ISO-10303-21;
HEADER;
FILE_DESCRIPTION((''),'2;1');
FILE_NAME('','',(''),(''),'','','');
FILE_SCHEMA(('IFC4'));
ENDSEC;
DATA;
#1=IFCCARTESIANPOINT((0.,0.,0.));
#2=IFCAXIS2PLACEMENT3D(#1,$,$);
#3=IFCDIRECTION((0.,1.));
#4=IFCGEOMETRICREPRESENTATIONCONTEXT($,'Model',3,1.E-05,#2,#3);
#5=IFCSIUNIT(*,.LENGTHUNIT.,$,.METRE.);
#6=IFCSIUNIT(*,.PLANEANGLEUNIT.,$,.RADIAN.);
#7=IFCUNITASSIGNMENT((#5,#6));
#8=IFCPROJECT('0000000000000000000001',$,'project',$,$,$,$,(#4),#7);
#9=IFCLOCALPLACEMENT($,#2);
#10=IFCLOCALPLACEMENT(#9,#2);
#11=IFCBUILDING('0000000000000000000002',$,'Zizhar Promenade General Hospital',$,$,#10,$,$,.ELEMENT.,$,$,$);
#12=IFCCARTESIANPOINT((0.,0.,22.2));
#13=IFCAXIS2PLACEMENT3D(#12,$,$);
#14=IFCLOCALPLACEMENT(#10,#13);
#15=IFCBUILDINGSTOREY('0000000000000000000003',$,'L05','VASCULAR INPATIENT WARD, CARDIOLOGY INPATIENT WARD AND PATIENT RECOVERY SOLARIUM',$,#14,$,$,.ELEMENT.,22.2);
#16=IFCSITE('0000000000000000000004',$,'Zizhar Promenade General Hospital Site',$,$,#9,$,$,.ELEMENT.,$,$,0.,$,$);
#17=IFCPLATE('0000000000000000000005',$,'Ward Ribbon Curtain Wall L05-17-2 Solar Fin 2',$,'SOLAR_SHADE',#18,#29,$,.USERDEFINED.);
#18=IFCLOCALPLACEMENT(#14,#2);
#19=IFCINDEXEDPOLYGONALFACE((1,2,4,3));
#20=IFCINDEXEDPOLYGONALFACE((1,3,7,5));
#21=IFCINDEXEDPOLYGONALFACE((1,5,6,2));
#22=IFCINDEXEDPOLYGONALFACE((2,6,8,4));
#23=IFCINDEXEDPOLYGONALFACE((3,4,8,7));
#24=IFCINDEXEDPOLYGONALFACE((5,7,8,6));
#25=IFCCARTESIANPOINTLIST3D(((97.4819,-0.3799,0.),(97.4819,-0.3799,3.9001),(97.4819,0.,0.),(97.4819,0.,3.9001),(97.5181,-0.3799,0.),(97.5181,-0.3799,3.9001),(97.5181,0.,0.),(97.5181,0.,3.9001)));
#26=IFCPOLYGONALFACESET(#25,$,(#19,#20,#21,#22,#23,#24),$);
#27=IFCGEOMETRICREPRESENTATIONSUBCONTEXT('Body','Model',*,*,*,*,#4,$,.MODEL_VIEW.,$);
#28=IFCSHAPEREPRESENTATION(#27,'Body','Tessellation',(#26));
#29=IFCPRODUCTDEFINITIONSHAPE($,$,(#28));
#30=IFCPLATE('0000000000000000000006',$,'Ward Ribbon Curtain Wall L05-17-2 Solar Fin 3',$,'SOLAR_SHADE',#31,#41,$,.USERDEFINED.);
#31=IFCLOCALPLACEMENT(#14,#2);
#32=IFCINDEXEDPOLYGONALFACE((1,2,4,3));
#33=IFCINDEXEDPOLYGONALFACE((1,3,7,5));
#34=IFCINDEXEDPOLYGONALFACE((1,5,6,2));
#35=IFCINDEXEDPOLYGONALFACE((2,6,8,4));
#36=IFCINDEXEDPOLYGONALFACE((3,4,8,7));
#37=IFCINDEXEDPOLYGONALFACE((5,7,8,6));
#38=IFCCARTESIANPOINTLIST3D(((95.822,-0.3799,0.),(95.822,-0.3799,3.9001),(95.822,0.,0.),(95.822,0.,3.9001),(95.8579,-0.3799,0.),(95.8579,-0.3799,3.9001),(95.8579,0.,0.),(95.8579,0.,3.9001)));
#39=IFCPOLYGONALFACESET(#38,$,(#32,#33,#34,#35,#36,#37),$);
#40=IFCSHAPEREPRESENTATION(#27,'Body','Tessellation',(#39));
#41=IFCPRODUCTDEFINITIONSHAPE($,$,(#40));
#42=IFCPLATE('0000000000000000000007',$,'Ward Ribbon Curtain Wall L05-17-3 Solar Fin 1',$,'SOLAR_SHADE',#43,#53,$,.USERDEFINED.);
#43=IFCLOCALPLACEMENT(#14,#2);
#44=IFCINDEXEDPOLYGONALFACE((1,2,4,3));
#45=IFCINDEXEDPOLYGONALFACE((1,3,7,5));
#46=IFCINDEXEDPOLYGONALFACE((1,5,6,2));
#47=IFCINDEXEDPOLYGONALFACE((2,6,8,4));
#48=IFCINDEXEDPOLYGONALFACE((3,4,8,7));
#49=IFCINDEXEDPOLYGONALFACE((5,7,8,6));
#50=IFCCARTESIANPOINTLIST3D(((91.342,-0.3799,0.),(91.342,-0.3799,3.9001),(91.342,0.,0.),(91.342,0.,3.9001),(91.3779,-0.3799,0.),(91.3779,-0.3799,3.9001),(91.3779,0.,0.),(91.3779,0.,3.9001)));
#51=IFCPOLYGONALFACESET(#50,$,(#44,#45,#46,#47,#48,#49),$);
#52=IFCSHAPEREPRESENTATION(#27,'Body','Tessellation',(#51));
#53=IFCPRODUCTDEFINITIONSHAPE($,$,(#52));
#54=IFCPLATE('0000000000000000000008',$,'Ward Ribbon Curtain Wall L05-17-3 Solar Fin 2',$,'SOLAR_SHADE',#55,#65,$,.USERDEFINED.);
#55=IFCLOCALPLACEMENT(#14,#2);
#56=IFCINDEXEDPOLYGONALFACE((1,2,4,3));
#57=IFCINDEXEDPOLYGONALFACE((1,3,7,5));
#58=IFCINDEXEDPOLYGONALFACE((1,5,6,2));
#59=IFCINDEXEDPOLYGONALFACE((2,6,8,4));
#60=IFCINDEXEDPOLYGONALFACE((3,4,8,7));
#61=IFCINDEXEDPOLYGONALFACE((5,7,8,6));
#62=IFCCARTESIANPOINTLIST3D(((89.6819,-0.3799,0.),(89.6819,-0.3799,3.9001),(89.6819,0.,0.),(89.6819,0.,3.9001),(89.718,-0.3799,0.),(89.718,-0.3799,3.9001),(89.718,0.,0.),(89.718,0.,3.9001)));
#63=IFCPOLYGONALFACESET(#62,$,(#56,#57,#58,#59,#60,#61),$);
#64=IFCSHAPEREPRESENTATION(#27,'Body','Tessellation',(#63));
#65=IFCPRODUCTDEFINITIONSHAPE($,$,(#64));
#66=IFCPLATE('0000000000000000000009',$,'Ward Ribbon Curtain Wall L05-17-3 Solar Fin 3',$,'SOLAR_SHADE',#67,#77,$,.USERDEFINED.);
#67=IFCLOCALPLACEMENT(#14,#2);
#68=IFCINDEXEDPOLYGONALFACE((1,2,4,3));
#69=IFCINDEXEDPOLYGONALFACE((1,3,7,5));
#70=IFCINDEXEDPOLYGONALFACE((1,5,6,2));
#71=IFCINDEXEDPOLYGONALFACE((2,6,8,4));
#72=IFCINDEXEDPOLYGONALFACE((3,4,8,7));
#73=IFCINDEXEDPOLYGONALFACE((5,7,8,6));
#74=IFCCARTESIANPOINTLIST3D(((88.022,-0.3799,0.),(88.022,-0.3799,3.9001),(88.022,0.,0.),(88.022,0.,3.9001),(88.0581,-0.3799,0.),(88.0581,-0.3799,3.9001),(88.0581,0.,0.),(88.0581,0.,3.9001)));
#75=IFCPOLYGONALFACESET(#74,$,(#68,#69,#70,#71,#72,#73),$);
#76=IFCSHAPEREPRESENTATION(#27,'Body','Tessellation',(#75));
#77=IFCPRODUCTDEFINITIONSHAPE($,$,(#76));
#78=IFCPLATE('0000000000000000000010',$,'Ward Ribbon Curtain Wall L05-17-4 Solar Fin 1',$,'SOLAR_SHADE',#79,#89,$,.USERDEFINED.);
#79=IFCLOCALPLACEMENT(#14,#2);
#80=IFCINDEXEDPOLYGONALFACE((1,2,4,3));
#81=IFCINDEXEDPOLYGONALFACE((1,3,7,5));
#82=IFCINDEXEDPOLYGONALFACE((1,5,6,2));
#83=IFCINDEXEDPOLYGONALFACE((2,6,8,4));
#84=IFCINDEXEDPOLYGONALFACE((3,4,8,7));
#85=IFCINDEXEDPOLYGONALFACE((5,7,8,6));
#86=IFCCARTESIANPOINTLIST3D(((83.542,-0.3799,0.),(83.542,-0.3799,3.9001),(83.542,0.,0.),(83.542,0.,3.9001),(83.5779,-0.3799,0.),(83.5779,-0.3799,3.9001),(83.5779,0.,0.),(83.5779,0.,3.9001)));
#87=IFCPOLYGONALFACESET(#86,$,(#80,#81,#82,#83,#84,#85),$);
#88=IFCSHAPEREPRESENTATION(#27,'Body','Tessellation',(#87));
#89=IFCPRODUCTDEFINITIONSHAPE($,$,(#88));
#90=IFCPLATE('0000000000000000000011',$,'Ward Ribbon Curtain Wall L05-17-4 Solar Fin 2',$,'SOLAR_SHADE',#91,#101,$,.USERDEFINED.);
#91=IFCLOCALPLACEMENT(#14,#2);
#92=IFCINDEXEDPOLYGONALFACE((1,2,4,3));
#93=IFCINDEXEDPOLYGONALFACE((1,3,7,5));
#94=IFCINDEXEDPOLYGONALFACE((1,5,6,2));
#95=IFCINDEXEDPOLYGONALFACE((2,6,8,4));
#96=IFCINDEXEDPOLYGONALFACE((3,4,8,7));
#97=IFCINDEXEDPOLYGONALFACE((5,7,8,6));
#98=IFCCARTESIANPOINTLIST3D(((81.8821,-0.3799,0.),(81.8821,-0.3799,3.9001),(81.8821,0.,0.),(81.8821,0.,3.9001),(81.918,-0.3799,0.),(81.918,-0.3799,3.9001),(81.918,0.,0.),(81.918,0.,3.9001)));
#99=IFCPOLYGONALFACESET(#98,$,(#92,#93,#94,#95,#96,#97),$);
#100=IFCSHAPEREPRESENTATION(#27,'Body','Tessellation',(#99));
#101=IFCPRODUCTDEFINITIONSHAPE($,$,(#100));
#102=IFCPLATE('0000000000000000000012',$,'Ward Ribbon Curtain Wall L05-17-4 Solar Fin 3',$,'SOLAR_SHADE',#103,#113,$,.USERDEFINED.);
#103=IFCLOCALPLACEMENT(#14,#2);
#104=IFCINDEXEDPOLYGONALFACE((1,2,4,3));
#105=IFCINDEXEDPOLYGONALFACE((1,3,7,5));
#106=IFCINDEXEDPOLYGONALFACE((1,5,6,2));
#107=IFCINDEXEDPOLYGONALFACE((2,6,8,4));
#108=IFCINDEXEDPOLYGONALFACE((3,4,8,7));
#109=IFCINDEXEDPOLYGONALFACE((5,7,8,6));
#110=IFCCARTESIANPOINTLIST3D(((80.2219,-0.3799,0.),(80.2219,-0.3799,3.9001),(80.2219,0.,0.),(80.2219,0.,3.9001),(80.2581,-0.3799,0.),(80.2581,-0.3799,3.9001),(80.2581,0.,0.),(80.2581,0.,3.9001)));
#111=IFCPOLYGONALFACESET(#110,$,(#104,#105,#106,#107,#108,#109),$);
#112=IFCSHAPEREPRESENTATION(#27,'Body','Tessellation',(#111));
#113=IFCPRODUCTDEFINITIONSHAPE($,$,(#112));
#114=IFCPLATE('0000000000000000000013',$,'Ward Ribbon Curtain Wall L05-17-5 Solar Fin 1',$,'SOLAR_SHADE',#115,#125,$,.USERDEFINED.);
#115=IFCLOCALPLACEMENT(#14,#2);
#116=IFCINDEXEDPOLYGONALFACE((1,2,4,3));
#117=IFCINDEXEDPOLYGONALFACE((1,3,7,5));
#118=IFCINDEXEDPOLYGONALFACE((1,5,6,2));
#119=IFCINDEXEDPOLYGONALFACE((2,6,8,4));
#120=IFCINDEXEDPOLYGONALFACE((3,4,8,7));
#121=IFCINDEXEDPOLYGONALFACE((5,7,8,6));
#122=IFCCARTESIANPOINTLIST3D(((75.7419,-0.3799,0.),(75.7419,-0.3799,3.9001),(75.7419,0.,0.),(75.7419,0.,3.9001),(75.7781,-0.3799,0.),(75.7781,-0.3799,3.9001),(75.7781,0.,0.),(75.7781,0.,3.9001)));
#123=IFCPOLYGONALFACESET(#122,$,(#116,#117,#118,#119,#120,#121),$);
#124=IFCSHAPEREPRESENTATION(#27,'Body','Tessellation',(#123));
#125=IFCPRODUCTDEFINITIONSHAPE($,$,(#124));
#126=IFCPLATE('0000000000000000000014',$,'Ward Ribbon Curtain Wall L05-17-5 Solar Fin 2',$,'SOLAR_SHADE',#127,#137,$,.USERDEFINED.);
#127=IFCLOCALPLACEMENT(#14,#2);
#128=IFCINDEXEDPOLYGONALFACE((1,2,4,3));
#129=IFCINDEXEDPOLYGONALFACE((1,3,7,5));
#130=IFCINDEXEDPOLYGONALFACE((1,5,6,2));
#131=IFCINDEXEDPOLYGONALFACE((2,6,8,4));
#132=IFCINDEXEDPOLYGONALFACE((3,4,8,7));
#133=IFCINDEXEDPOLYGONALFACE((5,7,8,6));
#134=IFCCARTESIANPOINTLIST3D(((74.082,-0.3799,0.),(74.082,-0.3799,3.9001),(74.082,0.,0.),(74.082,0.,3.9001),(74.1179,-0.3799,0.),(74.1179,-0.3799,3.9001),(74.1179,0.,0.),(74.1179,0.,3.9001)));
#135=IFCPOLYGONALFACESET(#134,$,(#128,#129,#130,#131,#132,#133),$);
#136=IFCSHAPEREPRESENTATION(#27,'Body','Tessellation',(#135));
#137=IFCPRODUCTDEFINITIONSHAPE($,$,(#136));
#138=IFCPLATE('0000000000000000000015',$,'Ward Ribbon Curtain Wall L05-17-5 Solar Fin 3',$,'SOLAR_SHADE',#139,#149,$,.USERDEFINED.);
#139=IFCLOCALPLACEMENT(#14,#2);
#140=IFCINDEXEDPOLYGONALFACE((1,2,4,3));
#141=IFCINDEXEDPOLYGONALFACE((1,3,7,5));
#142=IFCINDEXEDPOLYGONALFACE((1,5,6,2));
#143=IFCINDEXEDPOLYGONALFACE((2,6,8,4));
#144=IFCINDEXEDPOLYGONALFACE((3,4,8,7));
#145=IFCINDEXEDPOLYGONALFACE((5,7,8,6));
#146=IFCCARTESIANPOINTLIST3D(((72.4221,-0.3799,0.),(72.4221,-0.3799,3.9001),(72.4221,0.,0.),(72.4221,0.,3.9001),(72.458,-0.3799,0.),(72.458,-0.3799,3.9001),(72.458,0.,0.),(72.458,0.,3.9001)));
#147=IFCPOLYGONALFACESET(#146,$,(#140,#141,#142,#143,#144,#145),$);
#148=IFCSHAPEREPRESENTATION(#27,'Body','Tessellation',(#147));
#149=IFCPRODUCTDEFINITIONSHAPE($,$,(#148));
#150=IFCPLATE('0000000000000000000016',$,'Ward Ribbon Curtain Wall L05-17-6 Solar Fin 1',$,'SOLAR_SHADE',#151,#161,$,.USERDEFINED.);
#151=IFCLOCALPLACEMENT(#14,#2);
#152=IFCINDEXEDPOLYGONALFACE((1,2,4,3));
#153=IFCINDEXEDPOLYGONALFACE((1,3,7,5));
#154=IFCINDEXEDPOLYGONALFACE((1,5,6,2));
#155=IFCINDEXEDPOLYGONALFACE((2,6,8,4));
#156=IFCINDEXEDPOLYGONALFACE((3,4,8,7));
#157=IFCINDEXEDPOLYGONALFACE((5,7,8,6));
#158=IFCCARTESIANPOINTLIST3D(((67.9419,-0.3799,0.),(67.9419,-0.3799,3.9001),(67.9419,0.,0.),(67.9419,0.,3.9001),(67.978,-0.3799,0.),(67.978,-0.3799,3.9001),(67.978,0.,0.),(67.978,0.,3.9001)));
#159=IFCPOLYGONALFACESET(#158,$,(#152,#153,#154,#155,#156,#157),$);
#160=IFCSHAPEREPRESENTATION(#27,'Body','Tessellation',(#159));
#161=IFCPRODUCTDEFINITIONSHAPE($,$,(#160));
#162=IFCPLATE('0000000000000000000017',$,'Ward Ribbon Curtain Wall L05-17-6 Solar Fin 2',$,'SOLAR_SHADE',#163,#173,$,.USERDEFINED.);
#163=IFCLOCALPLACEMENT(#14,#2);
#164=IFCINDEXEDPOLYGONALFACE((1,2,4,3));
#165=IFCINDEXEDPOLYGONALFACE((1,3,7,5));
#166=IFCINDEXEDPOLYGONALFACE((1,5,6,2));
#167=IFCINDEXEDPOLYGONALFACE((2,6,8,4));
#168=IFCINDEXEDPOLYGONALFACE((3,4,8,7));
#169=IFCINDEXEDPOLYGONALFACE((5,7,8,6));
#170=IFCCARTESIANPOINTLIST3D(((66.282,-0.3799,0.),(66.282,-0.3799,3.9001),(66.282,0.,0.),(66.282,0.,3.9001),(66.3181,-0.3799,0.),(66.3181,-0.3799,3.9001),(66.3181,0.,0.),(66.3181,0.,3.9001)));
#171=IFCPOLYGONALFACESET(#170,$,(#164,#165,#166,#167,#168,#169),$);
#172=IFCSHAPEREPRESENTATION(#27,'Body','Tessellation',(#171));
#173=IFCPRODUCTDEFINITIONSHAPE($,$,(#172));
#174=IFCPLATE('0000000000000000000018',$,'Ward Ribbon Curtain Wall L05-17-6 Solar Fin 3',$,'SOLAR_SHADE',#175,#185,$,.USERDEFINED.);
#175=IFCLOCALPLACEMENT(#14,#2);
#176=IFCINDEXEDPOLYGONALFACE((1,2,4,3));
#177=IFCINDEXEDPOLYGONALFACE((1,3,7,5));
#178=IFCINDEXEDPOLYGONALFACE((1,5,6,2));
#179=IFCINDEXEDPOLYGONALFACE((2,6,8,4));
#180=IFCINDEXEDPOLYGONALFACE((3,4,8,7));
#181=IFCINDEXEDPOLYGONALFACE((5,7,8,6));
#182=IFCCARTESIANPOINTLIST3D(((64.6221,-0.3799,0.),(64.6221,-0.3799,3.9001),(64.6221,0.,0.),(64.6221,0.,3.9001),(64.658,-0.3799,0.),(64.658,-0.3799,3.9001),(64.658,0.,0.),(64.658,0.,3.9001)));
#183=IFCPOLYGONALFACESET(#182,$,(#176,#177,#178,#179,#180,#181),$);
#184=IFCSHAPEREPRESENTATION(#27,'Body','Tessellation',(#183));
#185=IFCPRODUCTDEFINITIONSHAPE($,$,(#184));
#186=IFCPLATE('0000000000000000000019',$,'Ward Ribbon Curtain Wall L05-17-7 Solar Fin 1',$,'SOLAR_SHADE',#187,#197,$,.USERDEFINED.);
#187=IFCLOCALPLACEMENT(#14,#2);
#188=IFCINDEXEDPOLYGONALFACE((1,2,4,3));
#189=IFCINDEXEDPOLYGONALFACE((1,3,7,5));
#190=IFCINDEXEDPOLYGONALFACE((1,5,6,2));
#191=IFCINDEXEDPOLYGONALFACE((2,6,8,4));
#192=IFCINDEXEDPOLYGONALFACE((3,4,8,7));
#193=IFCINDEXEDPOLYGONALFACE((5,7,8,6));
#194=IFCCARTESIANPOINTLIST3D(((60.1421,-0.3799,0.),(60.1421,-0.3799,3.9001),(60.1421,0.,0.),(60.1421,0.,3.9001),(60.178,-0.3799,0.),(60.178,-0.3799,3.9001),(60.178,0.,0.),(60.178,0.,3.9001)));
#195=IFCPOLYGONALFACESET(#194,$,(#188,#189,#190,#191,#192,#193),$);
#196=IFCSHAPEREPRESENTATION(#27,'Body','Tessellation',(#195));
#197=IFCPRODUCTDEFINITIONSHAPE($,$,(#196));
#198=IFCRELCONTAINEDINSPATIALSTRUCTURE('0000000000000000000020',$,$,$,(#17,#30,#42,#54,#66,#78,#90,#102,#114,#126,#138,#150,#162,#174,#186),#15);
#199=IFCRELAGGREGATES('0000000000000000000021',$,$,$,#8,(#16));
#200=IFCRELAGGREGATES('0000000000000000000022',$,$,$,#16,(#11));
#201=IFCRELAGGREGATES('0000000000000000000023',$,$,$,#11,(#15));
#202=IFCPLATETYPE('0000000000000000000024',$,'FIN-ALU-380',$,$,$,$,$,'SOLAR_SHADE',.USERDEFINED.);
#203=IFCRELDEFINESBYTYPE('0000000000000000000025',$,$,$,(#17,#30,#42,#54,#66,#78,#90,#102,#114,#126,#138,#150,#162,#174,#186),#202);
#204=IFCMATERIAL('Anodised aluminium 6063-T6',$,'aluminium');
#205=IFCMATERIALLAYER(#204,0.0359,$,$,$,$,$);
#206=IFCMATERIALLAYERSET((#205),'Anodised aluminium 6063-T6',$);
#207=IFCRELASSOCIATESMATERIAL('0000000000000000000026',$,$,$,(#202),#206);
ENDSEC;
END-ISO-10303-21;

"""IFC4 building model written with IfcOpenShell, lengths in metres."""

from ifc_helpers import new_model, si_unit, direction, frame, origin, place, context, subcontext, project, spatial, polyline, outline, extrude, material, layer, layer_set, type_object, element, save


model = new_model("IFC4")

# Units and contexts
model_context = context("Model", 3, precision=1e-05, world=origin(), true_north=direction((0.0, 1.0)))
body_context = subcontext(model_context, "Body", "Model", "MODEL_VIEW")
ifc_project = project(units=[si_unit("LENGTHUNIT", "METRE"), si_unit("PLANEANGLEUNIT", "RADIAN")], contexts=[model_context])

# Site, building, storey
site_placement = place(None, origin())
site = spatial("IfcSite", under=ifc_project, at=site_placement, Name="Zizhar Promenade General Hospital Site", CompositionType="ELEMENT", RefElevation=0.0)
building_placement = place(site_placement, origin())
building = spatial("IfcBuilding", under=site, at=building_placement, Name="Zizhar Promenade General Hospital", CompositionType="ELEMENT")
storey_placement = place(building_placement, frame((0.0, 0.0, 22.2)))
storey = spatial("IfcBuildingStorey", under=building, at=storey_placement, Name="L05", Description="VASCULAR INPATIENT WARD, CARDIOLOGY INPATIENT WARD AND PATIENT RECOVERY SOLARIUM", CompositionType="ELEMENT", Elevation=22.2)

# Plates
ifc_material = material(Name="Anodised aluminium 6063-T6", Category="aluminium")
ifc_layer = layer(ifc_material, 0.0359)
ifc_layer_set = layer_set([ifc_layer], Name="Anodised aluminium 6063-T6")
plate_type = type_object("IfcPlateType", Name="FIN-ALU-380", ElementType="SOLAR_SHADE", PredefinedType="USERDEFINED", material=ifc_layer_set)
plate_1_placement = place(storey_placement, origin())
element("IfcPlate", 1, at=plate_1_placement, inside=storey, type_object=plate_type, Name="Ward Ribbon Curtain Wall L05-17-2 Solar Fin 2", ObjectType="SOLAR_SHADE", PredefinedType="USERDEFINED", context=body_context, shape_type="SweptSolid", body=[
    extrude(outline(polyline([(97.5181, 0.0), (97.4819, 0.0), (97.4819, -0.3799), (97.5181, -0.3799), (97.5181, 0.0)])), origin(), (0.0, 0.0, 1.0), 3.9001),
])
plate_2_placement = place(storey_placement, origin())
element("IfcPlate", 2, at=plate_2_placement, inside=storey, type_object=plate_type, Name="Ward Ribbon Curtain Wall L05-17-2 Solar Fin 3", ObjectType="SOLAR_SHADE", PredefinedType="USERDEFINED", context=body_context, shape_type="SweptSolid", body=[
    extrude(outline(polyline([(95.8579, 0.0), (95.822, 0.0), (95.822, -0.3799), (95.8579, -0.3799), (95.8579, 0.0)])), origin(), (0.0, 0.0, 1.0), 3.9001),
])
plate_3_placement = place(storey_placement, origin())
element("IfcPlate", 3, at=plate_3_placement, inside=storey, type_object=plate_type, Name="Ward Ribbon Curtain Wall L05-17-3 Solar Fin 1", ObjectType="SOLAR_SHADE", PredefinedType="USERDEFINED", context=body_context, shape_type="SweptSolid", body=[
    extrude(outline(polyline([(91.3779, 0.0), (91.342, 0.0), (91.342, -0.3799), (91.3779, -0.3799), (91.3779, 0.0)])), origin(), (0.0, 0.0, 1.0), 3.9001),
])
plate_4_placement = place(storey_placement, origin())
element("IfcPlate", 4, at=plate_4_placement, inside=storey, type_object=plate_type, Name="Ward Ribbon Curtain Wall L05-17-3 Solar Fin 2", ObjectType="SOLAR_SHADE", PredefinedType="USERDEFINED", context=body_context, shape_type="SweptSolid", body=[
    extrude(outline(polyline([(89.718, 0.0), (89.6819, 0.0), (89.6819, -0.3799), (89.718, -0.3799), (89.718, 0.0)])), origin(), (0.0, 0.0, 1.0), 3.9001),
])
plate_5_placement = place(storey_placement, origin())
element("IfcPlate", 5, at=plate_5_placement, inside=storey, type_object=plate_type, Name="Ward Ribbon Curtain Wall L05-17-3 Solar Fin 3", ObjectType="SOLAR_SHADE", PredefinedType="USERDEFINED", context=body_context, shape_type="SweptSolid", body=[
    extrude(outline(polyline([(88.0581, 0.0), (88.022, 0.0), (88.022, -0.3799), (88.0581, -0.3799), (88.0581, 0.0)])), origin(), (0.0, 0.0, 1.0), 3.9001),
])
plate_6_placement = place(storey_placement, origin())
element("IfcPlate", 6, at=plate_6_placement, inside=storey, type_object=plate_type, Name="Ward Ribbon Curtain Wall L05-17-4 Solar Fin 1", ObjectType="SOLAR_SHADE", PredefinedType="USERDEFINED", context=body_context, shape_type="SweptSolid", body=[
    extrude(outline(polyline([(83.5779, 0.0), (83.542, 0.0), (83.542, -0.3799), (83.5779, -0.3799), (83.5779, 0.0)])), origin(), (0.0, 0.0, 1.0), 3.9001),
])
plate_7_placement = place(storey_placement, origin())
element("IfcPlate", 7, at=plate_7_placement, inside=storey, type_object=plate_type, Name="Ward Ribbon Curtain Wall L05-17-4 Solar Fin 2", ObjectType="SOLAR_SHADE", PredefinedType="USERDEFINED", context=body_context, shape_type="SweptSolid", body=[
    extrude(outline(polyline([(81.918, 0.0), (81.8821, 0.0), (81.8821, -0.3799), (81.918, -0.3799), (81.918, 0.0)])), origin(), (0.0, 0.0, 1.0), 3.9001),
])
plate_8_placement = place(storey_placement, origin())
element("IfcPlate", 8, at=plate_8_placement, inside=storey, type_object=plate_type, Name="Ward Ribbon Curtain Wall L05-17-4 Solar Fin 3", ObjectType="SOLAR_SHADE", PredefinedType="USERDEFINED", context=body_context, shape_type="SweptSolid", body=[
    extrude(outline(polyline([(80.2581, 0.0), (80.2219, 0.0), (80.2219, -0.3799), (80.2581, -0.3799), (80.2581, 0.0)])), origin(), (0.0, 0.0, 1.0), 3.9001),
])
plate_9_placement = place(storey_placement, origin())
element("IfcPlate", 9, at=plate_9_placement, inside=storey, type_object=plate_type, Name="Ward Ribbon Curtain Wall L05-17-5 Solar Fin 1", ObjectType="SOLAR_SHADE", PredefinedType="USERDEFINED", context=body_context, shape_type="SweptSolid", body=[
    extrude(outline(polyline([(75.7781, 0.0), (75.7419, 0.0), (75.7419, -0.3799), (75.7781, -0.3799), (75.7781, 0.0)])), origin(), (0.0, 0.0, 1.0), 3.9001),
])
plate_10_placement = place(storey_placement, origin())
element("IfcPlate", 10, at=plate_10_placement, inside=storey, type_object=plate_type, Name="Ward Ribbon Curtain Wall L05-17-5 Solar Fin 2", ObjectType="SOLAR_SHADE", PredefinedType="USERDEFINED", context=body_context, shape_type="SweptSolid", body=[
    extrude(outline(polyline([(74.1179, 0.0), (74.082, 0.0), (74.082, -0.3799), (74.1179, -0.3799), (74.1179, 0.0)])), origin(), (0.0, 0.0, 1.0), 3.9001),
])
plate_11_placement = place(storey_placement, origin())
element("IfcPlate", 11, at=plate_11_placement, inside=storey, type_object=plate_type, Name="Ward Ribbon Curtain Wall L05-17-5 Solar Fin 3", ObjectType="SOLAR_SHADE", PredefinedType="USERDEFINED", context=body_context, shape_type="SweptSolid", body=[
    extrude(outline(polyline([(72.458, 0.0), (72.4221, 0.0), (72.4221, -0.3799), (72.458, -0.3799), (72.458, 0.0)])), origin(), (0.0, 0.0, 1.0), 3.9001),
])
plate_12_placement = place(storey_placement, origin())
element("IfcPlate", 12, at=plate_12_placement, inside=storey, type_object=plate_type, Name="Ward Ribbon Curtain Wall L05-17-6 Solar Fin 1", ObjectType="SOLAR_SHADE", PredefinedType="USERDEFINED", context=body_context, shape_type="SweptSolid", body=[
    extrude(outline(polyline([(67.978, 0.0), (67.9419, 0.0), (67.9419, -0.3799), (67.978, -0.3799), (67.978, 0.0)])), origin(), (0.0, 0.0, 1.0), 3.9001),
])
plate_13_placement = place(storey_placement, origin())
element("IfcPlate", 13, at=plate_13_placement, inside=storey, type_object=plate_type, Name="Ward Ribbon Curtain Wall L05-17-6 Solar Fin 2", ObjectType="SOLAR_SHADE", PredefinedType="USERDEFINED", context=body_context, shape_type="SweptSolid", body=[
    extrude(outline(polyline([(66.3181, 0.0), (66.282, 0.0), (66.282, -0.3799), (66.3181, -0.3799), (66.3181, 0.0)])), origin(), (0.0, 0.0, 1.0), 3.9001),
])
plate_14_placement = place(storey_placement, origin())
element("IfcPlate", 14, at=plate_14_placement, inside=storey, type_object=plate_type, Name="Ward Ribbon Curtain Wall L05-17-6 Solar Fin 3", ObjectType="SOLAR_SHADE", PredefinedType="USERDEFINED", context=body_context, shape_type="SweptSolid", body=[
    extrude(outline(polyline([(64.658, 0.0), (64.6221, 0.0), (64.6221, -0.3799), (64.658, -0.3799), (64.658, 0.0)])), origin(), (0.0, 0.0, 1.0), 3.9001),
])
plate_15_placement = place(storey_placement, origin())
element("IfcPlate", 15, at=plate_15_placement, inside=storey, type_object=plate_type, Name="Ward Ribbon Curtain Wall L05-17-7 Solar Fin 1", ObjectType="SOLAR_SHADE", PredefinedType="USERDEFINED", context=body_context, shape_type="SweptSolid", body=[
    extrude(outline(polyline([(60.178, 0.0), (60.1421, 0.0), (60.1421, -0.3799), (60.178, -0.3799), (60.178, 0.0)])), origin(), (0.0, 0.0, 1.0), 3.9001),
])

save(model, "model.ifc")
